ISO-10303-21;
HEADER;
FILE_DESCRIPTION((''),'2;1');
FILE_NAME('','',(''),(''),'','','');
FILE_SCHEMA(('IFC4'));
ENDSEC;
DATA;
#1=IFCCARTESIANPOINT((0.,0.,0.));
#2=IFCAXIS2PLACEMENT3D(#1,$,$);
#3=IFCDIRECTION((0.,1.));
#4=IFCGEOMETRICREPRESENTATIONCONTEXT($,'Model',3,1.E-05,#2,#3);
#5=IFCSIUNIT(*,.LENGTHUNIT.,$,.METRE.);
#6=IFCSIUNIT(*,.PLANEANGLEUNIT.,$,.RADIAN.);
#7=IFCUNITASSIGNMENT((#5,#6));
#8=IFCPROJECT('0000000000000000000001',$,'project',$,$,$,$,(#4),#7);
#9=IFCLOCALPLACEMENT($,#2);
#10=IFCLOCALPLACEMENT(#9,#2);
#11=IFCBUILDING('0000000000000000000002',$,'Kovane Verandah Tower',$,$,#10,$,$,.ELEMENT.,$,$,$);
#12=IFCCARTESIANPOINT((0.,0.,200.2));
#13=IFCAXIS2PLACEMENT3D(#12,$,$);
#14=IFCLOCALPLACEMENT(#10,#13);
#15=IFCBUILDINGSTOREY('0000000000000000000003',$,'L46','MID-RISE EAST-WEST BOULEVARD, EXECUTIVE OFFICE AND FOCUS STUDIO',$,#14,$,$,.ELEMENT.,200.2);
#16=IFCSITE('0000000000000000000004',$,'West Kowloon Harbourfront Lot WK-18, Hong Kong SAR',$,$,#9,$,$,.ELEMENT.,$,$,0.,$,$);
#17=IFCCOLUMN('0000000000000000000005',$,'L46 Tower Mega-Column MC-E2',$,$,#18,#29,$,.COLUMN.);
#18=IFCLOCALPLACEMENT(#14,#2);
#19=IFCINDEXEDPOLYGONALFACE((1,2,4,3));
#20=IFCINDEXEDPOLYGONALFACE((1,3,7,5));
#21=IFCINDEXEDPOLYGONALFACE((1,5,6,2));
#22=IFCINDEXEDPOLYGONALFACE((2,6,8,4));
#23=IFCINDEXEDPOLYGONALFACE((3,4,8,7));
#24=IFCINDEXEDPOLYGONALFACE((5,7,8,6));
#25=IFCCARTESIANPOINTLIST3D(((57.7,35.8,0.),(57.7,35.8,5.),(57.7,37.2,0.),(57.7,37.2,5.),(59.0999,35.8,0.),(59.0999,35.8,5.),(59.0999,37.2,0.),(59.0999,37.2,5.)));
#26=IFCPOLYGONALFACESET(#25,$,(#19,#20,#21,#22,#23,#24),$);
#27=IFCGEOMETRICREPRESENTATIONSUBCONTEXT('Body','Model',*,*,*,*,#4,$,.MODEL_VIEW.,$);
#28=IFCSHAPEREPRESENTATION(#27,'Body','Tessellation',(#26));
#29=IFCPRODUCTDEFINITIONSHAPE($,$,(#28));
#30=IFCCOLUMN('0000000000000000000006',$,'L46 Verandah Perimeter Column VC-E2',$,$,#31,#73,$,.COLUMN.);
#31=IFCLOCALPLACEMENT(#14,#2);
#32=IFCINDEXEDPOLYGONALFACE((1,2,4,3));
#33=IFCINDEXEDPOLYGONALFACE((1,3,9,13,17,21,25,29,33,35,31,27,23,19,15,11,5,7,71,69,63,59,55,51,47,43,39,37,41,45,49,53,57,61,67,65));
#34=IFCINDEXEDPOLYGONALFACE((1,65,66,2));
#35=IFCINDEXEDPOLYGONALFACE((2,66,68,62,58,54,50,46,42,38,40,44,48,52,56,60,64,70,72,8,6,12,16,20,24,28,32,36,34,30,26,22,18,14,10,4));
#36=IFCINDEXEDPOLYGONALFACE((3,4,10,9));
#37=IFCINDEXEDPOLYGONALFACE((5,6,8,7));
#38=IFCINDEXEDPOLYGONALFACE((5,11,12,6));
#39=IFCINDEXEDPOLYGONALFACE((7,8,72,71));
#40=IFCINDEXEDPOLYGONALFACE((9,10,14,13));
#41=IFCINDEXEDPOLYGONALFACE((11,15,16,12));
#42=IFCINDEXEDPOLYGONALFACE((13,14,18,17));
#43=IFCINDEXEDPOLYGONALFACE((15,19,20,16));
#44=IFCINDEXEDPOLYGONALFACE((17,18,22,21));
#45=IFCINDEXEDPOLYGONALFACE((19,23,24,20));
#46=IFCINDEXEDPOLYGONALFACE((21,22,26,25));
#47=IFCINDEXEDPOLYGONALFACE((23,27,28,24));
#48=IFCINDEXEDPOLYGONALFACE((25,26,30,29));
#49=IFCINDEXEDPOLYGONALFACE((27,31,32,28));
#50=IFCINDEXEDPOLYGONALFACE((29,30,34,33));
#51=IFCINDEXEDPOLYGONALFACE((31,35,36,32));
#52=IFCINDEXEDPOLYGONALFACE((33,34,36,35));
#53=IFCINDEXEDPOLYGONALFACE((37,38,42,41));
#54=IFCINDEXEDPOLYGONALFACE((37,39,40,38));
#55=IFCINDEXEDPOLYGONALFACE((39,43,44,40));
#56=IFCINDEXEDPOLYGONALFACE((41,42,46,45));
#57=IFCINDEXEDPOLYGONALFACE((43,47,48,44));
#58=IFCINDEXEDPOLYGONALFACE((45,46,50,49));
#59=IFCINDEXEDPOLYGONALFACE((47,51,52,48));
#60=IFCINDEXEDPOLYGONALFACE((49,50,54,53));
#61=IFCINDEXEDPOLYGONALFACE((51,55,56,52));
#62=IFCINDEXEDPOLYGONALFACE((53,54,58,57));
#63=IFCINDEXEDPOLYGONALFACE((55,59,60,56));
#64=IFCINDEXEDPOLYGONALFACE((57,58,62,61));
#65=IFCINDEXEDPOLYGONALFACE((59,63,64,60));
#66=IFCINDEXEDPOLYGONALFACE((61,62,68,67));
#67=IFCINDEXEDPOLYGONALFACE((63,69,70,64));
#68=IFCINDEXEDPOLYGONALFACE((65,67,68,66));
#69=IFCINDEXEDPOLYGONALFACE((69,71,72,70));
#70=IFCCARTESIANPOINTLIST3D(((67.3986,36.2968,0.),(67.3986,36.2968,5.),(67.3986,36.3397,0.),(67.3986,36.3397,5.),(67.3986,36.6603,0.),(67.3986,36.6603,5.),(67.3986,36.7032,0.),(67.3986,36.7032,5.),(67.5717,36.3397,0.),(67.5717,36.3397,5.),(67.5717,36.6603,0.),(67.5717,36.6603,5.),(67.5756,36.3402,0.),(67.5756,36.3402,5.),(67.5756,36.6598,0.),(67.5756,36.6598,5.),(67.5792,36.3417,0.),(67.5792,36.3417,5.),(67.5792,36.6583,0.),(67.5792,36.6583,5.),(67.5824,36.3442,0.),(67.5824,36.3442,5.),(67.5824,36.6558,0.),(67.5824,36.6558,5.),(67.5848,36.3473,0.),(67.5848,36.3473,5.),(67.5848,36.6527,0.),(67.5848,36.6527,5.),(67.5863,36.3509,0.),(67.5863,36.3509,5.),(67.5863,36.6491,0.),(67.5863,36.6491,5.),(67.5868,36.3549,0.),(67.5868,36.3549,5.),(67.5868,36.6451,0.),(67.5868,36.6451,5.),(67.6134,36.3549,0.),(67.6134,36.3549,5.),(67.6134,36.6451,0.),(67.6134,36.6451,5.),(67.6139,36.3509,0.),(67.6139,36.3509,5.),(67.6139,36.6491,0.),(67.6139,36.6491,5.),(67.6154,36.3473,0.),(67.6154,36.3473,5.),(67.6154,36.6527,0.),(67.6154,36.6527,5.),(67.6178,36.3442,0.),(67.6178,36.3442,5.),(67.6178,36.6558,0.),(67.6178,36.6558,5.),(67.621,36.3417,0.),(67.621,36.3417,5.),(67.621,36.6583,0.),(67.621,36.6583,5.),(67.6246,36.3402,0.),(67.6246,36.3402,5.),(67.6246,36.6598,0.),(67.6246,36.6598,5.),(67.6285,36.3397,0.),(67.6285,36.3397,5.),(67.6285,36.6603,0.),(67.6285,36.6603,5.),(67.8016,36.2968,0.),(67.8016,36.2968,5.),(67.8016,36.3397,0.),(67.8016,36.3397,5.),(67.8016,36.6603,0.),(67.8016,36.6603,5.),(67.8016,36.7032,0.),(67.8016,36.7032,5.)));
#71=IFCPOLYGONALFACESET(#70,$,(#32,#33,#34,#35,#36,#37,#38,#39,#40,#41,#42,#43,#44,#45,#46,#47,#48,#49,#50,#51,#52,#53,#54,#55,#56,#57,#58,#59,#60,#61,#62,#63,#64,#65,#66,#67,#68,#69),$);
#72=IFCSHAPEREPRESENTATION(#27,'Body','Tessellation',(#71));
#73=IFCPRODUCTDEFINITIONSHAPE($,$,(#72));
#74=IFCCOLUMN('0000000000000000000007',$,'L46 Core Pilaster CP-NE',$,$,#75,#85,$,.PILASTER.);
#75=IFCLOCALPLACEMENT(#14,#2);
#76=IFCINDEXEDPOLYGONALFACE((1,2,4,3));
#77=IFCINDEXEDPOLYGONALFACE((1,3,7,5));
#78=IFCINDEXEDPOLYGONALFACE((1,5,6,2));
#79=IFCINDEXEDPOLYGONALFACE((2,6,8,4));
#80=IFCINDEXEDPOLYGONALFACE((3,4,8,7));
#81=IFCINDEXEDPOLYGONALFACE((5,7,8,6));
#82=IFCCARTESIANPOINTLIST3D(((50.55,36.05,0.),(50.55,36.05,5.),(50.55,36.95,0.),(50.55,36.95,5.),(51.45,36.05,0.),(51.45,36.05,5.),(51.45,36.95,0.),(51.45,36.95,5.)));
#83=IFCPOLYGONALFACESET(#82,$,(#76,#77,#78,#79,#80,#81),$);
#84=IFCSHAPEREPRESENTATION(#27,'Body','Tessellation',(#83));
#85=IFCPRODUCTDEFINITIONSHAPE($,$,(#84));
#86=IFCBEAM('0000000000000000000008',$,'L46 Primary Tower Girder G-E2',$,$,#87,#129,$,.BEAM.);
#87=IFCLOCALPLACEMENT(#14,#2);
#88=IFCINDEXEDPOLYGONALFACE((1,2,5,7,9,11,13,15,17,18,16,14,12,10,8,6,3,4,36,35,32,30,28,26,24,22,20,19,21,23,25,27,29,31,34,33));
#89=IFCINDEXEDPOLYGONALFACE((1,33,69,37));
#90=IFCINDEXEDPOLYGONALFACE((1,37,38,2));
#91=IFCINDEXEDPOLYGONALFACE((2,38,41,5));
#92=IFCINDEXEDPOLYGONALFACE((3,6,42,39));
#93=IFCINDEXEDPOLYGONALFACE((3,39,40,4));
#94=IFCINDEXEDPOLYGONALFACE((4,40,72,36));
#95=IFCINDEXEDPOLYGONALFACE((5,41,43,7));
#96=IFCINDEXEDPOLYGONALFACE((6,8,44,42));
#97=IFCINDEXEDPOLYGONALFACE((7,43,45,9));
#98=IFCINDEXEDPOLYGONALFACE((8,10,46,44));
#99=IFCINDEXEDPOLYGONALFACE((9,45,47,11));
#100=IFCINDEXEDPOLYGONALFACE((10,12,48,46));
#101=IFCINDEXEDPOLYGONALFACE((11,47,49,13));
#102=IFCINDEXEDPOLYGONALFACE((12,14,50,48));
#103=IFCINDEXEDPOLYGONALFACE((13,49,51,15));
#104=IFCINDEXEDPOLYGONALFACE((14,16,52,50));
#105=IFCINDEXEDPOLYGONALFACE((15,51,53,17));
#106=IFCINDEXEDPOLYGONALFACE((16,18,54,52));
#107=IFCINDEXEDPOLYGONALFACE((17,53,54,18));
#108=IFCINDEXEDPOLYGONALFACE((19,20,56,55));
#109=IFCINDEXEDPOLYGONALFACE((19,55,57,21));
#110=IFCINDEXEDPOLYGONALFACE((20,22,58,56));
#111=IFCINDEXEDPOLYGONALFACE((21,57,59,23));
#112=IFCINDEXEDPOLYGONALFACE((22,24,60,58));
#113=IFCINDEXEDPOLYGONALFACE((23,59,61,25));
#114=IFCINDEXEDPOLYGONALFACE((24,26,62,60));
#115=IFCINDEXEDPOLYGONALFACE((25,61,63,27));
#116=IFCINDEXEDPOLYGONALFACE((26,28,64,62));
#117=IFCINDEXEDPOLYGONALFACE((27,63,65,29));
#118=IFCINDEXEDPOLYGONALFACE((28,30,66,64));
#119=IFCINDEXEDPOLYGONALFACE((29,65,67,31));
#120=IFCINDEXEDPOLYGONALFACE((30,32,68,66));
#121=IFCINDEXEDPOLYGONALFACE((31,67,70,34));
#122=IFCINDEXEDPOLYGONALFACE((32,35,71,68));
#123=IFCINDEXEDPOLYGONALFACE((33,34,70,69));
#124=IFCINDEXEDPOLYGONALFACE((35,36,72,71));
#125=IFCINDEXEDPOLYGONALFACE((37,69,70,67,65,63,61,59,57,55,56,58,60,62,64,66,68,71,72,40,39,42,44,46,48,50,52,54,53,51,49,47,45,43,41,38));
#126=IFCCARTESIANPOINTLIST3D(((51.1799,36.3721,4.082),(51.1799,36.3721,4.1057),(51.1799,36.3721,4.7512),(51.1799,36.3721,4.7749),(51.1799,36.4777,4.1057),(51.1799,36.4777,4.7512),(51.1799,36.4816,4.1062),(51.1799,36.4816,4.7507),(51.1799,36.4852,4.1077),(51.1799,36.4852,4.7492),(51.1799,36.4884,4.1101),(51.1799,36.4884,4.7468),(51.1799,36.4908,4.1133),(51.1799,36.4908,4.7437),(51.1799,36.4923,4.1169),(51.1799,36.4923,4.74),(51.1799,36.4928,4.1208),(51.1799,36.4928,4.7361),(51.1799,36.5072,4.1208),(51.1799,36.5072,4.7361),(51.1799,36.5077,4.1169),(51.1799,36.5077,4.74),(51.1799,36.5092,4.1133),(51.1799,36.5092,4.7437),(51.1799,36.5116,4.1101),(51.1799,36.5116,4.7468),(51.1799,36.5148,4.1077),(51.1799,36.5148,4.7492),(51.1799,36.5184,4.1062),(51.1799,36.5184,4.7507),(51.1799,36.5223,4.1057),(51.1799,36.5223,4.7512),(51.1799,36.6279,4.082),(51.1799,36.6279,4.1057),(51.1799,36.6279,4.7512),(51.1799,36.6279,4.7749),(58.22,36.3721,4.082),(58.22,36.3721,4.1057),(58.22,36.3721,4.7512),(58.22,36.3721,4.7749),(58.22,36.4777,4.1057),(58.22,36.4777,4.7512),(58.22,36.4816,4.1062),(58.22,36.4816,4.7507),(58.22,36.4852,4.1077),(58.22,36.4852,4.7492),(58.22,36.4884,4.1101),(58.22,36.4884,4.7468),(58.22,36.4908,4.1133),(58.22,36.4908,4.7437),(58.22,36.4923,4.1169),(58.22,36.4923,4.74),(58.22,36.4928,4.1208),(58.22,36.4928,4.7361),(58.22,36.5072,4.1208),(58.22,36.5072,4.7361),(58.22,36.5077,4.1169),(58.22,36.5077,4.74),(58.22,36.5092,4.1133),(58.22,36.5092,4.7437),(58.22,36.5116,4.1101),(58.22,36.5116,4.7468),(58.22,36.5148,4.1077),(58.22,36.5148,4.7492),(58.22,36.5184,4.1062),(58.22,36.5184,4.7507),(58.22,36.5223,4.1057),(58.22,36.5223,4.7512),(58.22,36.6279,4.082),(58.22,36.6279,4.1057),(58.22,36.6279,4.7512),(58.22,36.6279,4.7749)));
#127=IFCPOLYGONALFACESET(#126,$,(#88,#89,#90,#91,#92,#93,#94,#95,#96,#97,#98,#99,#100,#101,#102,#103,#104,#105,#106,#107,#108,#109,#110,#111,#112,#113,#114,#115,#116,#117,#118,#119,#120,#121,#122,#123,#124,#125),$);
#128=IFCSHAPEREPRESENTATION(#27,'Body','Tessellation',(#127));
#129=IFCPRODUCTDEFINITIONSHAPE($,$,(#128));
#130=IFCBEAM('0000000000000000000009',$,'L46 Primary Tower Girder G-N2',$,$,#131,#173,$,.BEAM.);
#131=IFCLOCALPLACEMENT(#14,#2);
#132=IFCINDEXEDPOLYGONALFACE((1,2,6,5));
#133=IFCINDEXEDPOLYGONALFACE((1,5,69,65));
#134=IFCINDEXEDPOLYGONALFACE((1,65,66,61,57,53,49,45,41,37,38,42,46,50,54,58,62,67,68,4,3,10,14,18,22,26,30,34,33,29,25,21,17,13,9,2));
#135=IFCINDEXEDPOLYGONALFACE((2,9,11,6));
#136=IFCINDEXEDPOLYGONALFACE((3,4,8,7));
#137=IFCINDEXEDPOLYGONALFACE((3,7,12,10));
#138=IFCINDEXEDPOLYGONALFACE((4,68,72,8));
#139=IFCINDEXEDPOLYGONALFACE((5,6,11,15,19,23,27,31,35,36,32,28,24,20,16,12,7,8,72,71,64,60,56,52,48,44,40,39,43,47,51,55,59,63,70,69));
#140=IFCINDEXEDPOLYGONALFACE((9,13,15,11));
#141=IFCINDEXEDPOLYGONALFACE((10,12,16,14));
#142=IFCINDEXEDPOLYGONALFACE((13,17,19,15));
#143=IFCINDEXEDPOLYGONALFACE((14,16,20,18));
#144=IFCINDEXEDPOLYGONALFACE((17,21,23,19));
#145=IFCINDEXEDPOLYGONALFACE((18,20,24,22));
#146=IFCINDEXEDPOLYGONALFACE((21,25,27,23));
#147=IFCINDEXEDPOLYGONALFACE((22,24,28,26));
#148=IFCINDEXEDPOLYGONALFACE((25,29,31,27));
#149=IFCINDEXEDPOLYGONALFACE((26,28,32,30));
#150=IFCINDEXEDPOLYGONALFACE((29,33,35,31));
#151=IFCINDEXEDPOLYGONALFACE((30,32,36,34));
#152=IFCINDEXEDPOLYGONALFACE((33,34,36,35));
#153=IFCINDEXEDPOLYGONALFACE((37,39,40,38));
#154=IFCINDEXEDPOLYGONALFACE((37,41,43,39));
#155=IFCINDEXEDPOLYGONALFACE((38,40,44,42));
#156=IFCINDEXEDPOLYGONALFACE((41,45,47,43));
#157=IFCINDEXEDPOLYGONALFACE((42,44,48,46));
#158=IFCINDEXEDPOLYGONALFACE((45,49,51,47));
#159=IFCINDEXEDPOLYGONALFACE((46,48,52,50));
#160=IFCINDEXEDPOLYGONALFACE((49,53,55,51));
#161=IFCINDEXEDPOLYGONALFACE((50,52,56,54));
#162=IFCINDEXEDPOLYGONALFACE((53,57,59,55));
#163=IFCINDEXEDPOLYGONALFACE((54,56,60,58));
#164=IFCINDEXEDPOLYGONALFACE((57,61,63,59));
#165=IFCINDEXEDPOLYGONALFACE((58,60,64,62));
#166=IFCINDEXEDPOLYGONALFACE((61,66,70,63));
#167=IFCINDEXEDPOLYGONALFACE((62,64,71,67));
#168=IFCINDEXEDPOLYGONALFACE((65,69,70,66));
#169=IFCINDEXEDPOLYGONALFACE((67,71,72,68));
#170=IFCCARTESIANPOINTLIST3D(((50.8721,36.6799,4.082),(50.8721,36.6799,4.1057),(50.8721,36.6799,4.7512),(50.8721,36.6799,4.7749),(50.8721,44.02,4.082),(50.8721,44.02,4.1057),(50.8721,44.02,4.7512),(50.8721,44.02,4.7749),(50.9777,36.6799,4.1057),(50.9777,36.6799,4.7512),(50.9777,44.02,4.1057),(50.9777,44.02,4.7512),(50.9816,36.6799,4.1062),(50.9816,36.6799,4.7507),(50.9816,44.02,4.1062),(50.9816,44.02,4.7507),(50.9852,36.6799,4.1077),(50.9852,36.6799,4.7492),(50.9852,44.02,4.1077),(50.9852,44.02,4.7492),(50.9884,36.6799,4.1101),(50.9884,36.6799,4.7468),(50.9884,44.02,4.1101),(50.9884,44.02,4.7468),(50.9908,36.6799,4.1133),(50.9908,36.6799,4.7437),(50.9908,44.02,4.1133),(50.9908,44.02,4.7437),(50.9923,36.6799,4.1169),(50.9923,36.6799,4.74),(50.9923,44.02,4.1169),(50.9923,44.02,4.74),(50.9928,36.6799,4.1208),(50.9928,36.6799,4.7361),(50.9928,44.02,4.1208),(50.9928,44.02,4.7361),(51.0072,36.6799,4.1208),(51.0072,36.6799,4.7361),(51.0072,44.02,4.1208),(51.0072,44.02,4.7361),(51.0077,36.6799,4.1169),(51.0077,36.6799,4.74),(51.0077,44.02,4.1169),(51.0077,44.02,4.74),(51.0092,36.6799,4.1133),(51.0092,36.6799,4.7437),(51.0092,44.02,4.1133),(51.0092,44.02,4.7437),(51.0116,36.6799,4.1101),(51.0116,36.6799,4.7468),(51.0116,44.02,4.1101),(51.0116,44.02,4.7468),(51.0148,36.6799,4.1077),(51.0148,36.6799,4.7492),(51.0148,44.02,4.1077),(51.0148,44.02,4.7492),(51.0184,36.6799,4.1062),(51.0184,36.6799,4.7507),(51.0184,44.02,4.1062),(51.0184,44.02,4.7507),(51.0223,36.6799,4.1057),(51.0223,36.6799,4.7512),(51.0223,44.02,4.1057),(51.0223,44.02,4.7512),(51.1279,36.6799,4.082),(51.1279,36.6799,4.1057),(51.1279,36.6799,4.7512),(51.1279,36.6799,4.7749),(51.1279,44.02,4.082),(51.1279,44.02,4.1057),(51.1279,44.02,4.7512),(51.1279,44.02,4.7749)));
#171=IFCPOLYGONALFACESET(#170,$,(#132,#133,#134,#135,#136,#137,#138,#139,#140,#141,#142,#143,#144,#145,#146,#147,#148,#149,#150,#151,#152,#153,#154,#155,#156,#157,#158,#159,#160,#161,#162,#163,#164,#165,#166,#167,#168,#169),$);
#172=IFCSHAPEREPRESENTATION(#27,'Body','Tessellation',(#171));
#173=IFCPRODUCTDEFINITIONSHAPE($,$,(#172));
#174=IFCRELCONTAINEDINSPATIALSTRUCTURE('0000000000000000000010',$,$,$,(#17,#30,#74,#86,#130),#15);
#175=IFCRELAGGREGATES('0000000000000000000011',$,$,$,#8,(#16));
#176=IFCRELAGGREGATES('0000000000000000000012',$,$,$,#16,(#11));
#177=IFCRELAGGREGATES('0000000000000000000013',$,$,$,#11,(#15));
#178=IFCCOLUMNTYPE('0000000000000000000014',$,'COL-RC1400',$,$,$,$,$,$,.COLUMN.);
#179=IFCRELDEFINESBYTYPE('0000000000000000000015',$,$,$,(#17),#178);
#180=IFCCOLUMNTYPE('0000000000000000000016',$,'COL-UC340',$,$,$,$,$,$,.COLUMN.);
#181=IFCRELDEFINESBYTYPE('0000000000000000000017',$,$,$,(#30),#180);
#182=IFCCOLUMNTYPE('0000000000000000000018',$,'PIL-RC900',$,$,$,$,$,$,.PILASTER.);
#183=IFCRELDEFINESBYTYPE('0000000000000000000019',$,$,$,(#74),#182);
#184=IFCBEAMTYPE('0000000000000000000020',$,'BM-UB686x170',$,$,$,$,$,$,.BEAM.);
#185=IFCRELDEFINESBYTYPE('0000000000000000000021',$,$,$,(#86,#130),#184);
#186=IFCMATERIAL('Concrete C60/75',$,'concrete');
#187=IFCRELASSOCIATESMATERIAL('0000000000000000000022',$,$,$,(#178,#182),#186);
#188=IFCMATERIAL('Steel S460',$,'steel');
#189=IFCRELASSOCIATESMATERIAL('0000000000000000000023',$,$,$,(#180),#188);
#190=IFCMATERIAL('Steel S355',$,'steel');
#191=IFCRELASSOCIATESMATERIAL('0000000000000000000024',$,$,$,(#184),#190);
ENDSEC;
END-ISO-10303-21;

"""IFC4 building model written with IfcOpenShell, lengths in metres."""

from ifc_helpers import new_model, si_unit, direction, frame, origin, origin_2d, place, context, subcontext, project, spatial, rectangle, i_section, extrude, material, material_profile, profile_set, type_object, element, save


model = new_model("IFC4")

# Units and contexts
model_context = context("Model", 3, precision=1e-05, world=origin(), true_north=direction((0.0, 1.0)))
body_context = subcontext(model_context, "Body", "Model", "MODEL_VIEW")
ifc_project = project(units=[si_unit("LENGTHUNIT", "METRE"), si_unit("PLANEANGLEUNIT", "RADIAN")], contexts=[model_context])

# Site, building, storey
site_placement = place(None, origin())
site = spatial("IfcSite", under=ifc_project, at=site_placement, Name="West Kowloon Harbourfront Lot WK-18, Hong Kong SAR", CompositionType="ELEMENT", RefElevation=0.0)
building_placement = place(site_placement, origin())
building = spatial("IfcBuilding", under=site, at=building_placement, Name="Kovane Verandah Tower", CompositionType="ELEMENT")
storey_placement = place(building_placement, frame((0.0, 0.0, 200.2)))
storey = spatial("IfcBuildingStorey", under=building, at=storey_placement, Name="L46", Description="MID-RISE EAST-WEST BOULEVARD, EXECUTIVE OFFICE AND FOCUS STUDIO", CompositionType="ELEMENT", Elevation=200.2)

# Columns
ifc_material_1 = material(Name="Concrete C60/75", Category="concrete")
ifc_material_profile_1 = material_profile(ifc_material_1, rectangle(XDim=1.3999, YDim=1.3999, at=origin_2d()), Name="RC1400x1400")
ifc_profile_set_1 = profile_set([ifc_material_profile_1], Name="Concrete C60/75")
column_type_1 = type_object("IfcColumnType", Name="COL-RC1400", PredefinedType="COLUMN", material=ifc_profile_set_1)
column_1_placement = place(storey_placement, frame((58.3999, 36.5, 0.0), z_axis=(0.0, 0.0, 1.0), x_axis=(1.0, 0.0, 0.0)))
element("IfcColumn", 1, at=column_1_placement, inside=storey, type_object=column_type_1, Name="L46 Tower Mega-Column MC-E2", PredefinedType="COLUMN", context=body_context, shape_type="SweptSolid", body=[
    extrude(rectangle(XDim=1.3999, YDim=1.3999, at=origin_2d()), origin(), (0.0, 0.0, 1.0), 5.0),
])
ifc_material_2 = material(Name="Steel S460", Category="steel")
ifc_material_profile_2 = material_profile(ifc_material_2, i_section(OverallWidth=0.4031, OverallDepth=0.4065, WebThickness=0.0266, FlangeThickness=0.043, FilletRadius=0.0151, at=origin_2d()), Name="UC356x406x340")
ifc_profile_set_2 = profile_set([ifc_material_profile_2], Name="Steel S460")
column_type_2 = type_object("IfcColumnType", Name="COL-UC340", PredefinedType="COLUMN", material=ifc_profile_set_2)
column_2_placement = place(storey_placement, frame((67.6001, 36.5, 0.0), z_axis=(0.0, 0.0, 1.0), x_axis=(1.0, 0.0, 0.0)))
element("IfcColumn", 2, at=column_2_placement, inside=storey, type_object=column_type_2, Name="L46 Verandah Perimeter Column VC-E2", PredefinedType="COLUMN", context=body_context, shape_type="SweptSolid", body=[
    extrude(i_section(OverallWidth=0.4031, OverallDepth=0.4065, WebThickness=0.0266, FlangeThickness=0.043, FilletRadius=0.0151, at=origin_2d()), origin(), (0.0, 0.0, 1.0), 5.0),
])
ifc_material_profile_3 = material_profile(ifc_material_1, rectangle(XDim=0.8999, YDim=0.8999, at=origin_2d()), Name="RC900x900")
ifc_profile_set_3 = profile_set([ifc_material_profile_3], Name="Concrete C60/75")
column_type_3 = type_object("IfcColumnType", Name="PIL-RC900", PredefinedType="PILASTER", material=ifc_profile_set_3)
column_3_placement = place(storey_placement, frame((51.0, 36.5, 0.0), z_axis=(0.0, 0.0, 1.0), x_axis=(1.0, 0.0, 0.0)))
element("IfcColumn", 3, at=column_3_placement, inside=storey, type_object=column_type_3, Name="L46 Core Pilaster CP-NE", PredefinedType="PILASTER", context=body_context, shape_type="SweptSolid", body=[
    extrude(rectangle(XDim=0.8999, YDim=0.8999, at=origin_2d()), origin(), (0.0, 0.0, 1.0), 5.0),
])

# Beams
ifc_material_3 = material(Name="Steel S355", Category="steel")
ifc_material_profile_4 = material_profile(ifc_material_3, i_section(OverallWidth=0.2559, OverallDepth=0.6929, WebThickness=0.0144, FlangeThickness=0.0237, FilletRadius=0.0151, at=origin_2d()), Name="UB686x254x170")
ifc_profile_set_4 = profile_set([ifc_material_profile_4], Name="Steel S355")
beam_type_1 = type_object("IfcBeamType", Name="BM-UB686x170", PredefinedType="BEAM", material=ifc_profile_set_4)
beam_1_placement = place(storey_placement, frame((51.1799, 36.5, 4.4285), z_axis=(1.0, 0.0, 0.0), x_axis=(0.0, 1.0, 0.0)))
element("IfcBeam", 4, at=beam_1_placement, inside=storey, type_object=beam_type_1, Name="L46 Primary Tower Girder G-E2", PredefinedType="BEAM", context=body_context, shape_type="SweptSolid", body=[
    extrude(i_section(OverallWidth=0.2559, OverallDepth=0.6929, WebThickness=0.0144, FlangeThickness=0.0237, FilletRadius=0.0151, at=origin_2d()), origin(), (0.0, 0.0, 1.0), 7.04),
])
beam_2_placement = place(storey_placement, frame((51.0, 36.6799, 4.4285), z_axis=(0.0, 1.0, 0.0), x_axis=(-1.0, 0.0, 0.0)))
element("IfcBeam", 5, at=beam_2_placement, inside=storey, type_object=beam_type_1, Name="L46 Primary Tower Girder G-N2", PredefinedType="BEAM", context=body_context, shape_type="SweptSolid", body=[
    extrude(i_section(OverallWidth=0.2559, OverallDepth=0.6929, WebThickness=0.0144, FlangeThickness=0.0237, FilletRadius=0.0151, at=origin_2d()), origin(), (0.0, 0.0, 1.0), 7.3401),
])

save(model, "model.ifc")
